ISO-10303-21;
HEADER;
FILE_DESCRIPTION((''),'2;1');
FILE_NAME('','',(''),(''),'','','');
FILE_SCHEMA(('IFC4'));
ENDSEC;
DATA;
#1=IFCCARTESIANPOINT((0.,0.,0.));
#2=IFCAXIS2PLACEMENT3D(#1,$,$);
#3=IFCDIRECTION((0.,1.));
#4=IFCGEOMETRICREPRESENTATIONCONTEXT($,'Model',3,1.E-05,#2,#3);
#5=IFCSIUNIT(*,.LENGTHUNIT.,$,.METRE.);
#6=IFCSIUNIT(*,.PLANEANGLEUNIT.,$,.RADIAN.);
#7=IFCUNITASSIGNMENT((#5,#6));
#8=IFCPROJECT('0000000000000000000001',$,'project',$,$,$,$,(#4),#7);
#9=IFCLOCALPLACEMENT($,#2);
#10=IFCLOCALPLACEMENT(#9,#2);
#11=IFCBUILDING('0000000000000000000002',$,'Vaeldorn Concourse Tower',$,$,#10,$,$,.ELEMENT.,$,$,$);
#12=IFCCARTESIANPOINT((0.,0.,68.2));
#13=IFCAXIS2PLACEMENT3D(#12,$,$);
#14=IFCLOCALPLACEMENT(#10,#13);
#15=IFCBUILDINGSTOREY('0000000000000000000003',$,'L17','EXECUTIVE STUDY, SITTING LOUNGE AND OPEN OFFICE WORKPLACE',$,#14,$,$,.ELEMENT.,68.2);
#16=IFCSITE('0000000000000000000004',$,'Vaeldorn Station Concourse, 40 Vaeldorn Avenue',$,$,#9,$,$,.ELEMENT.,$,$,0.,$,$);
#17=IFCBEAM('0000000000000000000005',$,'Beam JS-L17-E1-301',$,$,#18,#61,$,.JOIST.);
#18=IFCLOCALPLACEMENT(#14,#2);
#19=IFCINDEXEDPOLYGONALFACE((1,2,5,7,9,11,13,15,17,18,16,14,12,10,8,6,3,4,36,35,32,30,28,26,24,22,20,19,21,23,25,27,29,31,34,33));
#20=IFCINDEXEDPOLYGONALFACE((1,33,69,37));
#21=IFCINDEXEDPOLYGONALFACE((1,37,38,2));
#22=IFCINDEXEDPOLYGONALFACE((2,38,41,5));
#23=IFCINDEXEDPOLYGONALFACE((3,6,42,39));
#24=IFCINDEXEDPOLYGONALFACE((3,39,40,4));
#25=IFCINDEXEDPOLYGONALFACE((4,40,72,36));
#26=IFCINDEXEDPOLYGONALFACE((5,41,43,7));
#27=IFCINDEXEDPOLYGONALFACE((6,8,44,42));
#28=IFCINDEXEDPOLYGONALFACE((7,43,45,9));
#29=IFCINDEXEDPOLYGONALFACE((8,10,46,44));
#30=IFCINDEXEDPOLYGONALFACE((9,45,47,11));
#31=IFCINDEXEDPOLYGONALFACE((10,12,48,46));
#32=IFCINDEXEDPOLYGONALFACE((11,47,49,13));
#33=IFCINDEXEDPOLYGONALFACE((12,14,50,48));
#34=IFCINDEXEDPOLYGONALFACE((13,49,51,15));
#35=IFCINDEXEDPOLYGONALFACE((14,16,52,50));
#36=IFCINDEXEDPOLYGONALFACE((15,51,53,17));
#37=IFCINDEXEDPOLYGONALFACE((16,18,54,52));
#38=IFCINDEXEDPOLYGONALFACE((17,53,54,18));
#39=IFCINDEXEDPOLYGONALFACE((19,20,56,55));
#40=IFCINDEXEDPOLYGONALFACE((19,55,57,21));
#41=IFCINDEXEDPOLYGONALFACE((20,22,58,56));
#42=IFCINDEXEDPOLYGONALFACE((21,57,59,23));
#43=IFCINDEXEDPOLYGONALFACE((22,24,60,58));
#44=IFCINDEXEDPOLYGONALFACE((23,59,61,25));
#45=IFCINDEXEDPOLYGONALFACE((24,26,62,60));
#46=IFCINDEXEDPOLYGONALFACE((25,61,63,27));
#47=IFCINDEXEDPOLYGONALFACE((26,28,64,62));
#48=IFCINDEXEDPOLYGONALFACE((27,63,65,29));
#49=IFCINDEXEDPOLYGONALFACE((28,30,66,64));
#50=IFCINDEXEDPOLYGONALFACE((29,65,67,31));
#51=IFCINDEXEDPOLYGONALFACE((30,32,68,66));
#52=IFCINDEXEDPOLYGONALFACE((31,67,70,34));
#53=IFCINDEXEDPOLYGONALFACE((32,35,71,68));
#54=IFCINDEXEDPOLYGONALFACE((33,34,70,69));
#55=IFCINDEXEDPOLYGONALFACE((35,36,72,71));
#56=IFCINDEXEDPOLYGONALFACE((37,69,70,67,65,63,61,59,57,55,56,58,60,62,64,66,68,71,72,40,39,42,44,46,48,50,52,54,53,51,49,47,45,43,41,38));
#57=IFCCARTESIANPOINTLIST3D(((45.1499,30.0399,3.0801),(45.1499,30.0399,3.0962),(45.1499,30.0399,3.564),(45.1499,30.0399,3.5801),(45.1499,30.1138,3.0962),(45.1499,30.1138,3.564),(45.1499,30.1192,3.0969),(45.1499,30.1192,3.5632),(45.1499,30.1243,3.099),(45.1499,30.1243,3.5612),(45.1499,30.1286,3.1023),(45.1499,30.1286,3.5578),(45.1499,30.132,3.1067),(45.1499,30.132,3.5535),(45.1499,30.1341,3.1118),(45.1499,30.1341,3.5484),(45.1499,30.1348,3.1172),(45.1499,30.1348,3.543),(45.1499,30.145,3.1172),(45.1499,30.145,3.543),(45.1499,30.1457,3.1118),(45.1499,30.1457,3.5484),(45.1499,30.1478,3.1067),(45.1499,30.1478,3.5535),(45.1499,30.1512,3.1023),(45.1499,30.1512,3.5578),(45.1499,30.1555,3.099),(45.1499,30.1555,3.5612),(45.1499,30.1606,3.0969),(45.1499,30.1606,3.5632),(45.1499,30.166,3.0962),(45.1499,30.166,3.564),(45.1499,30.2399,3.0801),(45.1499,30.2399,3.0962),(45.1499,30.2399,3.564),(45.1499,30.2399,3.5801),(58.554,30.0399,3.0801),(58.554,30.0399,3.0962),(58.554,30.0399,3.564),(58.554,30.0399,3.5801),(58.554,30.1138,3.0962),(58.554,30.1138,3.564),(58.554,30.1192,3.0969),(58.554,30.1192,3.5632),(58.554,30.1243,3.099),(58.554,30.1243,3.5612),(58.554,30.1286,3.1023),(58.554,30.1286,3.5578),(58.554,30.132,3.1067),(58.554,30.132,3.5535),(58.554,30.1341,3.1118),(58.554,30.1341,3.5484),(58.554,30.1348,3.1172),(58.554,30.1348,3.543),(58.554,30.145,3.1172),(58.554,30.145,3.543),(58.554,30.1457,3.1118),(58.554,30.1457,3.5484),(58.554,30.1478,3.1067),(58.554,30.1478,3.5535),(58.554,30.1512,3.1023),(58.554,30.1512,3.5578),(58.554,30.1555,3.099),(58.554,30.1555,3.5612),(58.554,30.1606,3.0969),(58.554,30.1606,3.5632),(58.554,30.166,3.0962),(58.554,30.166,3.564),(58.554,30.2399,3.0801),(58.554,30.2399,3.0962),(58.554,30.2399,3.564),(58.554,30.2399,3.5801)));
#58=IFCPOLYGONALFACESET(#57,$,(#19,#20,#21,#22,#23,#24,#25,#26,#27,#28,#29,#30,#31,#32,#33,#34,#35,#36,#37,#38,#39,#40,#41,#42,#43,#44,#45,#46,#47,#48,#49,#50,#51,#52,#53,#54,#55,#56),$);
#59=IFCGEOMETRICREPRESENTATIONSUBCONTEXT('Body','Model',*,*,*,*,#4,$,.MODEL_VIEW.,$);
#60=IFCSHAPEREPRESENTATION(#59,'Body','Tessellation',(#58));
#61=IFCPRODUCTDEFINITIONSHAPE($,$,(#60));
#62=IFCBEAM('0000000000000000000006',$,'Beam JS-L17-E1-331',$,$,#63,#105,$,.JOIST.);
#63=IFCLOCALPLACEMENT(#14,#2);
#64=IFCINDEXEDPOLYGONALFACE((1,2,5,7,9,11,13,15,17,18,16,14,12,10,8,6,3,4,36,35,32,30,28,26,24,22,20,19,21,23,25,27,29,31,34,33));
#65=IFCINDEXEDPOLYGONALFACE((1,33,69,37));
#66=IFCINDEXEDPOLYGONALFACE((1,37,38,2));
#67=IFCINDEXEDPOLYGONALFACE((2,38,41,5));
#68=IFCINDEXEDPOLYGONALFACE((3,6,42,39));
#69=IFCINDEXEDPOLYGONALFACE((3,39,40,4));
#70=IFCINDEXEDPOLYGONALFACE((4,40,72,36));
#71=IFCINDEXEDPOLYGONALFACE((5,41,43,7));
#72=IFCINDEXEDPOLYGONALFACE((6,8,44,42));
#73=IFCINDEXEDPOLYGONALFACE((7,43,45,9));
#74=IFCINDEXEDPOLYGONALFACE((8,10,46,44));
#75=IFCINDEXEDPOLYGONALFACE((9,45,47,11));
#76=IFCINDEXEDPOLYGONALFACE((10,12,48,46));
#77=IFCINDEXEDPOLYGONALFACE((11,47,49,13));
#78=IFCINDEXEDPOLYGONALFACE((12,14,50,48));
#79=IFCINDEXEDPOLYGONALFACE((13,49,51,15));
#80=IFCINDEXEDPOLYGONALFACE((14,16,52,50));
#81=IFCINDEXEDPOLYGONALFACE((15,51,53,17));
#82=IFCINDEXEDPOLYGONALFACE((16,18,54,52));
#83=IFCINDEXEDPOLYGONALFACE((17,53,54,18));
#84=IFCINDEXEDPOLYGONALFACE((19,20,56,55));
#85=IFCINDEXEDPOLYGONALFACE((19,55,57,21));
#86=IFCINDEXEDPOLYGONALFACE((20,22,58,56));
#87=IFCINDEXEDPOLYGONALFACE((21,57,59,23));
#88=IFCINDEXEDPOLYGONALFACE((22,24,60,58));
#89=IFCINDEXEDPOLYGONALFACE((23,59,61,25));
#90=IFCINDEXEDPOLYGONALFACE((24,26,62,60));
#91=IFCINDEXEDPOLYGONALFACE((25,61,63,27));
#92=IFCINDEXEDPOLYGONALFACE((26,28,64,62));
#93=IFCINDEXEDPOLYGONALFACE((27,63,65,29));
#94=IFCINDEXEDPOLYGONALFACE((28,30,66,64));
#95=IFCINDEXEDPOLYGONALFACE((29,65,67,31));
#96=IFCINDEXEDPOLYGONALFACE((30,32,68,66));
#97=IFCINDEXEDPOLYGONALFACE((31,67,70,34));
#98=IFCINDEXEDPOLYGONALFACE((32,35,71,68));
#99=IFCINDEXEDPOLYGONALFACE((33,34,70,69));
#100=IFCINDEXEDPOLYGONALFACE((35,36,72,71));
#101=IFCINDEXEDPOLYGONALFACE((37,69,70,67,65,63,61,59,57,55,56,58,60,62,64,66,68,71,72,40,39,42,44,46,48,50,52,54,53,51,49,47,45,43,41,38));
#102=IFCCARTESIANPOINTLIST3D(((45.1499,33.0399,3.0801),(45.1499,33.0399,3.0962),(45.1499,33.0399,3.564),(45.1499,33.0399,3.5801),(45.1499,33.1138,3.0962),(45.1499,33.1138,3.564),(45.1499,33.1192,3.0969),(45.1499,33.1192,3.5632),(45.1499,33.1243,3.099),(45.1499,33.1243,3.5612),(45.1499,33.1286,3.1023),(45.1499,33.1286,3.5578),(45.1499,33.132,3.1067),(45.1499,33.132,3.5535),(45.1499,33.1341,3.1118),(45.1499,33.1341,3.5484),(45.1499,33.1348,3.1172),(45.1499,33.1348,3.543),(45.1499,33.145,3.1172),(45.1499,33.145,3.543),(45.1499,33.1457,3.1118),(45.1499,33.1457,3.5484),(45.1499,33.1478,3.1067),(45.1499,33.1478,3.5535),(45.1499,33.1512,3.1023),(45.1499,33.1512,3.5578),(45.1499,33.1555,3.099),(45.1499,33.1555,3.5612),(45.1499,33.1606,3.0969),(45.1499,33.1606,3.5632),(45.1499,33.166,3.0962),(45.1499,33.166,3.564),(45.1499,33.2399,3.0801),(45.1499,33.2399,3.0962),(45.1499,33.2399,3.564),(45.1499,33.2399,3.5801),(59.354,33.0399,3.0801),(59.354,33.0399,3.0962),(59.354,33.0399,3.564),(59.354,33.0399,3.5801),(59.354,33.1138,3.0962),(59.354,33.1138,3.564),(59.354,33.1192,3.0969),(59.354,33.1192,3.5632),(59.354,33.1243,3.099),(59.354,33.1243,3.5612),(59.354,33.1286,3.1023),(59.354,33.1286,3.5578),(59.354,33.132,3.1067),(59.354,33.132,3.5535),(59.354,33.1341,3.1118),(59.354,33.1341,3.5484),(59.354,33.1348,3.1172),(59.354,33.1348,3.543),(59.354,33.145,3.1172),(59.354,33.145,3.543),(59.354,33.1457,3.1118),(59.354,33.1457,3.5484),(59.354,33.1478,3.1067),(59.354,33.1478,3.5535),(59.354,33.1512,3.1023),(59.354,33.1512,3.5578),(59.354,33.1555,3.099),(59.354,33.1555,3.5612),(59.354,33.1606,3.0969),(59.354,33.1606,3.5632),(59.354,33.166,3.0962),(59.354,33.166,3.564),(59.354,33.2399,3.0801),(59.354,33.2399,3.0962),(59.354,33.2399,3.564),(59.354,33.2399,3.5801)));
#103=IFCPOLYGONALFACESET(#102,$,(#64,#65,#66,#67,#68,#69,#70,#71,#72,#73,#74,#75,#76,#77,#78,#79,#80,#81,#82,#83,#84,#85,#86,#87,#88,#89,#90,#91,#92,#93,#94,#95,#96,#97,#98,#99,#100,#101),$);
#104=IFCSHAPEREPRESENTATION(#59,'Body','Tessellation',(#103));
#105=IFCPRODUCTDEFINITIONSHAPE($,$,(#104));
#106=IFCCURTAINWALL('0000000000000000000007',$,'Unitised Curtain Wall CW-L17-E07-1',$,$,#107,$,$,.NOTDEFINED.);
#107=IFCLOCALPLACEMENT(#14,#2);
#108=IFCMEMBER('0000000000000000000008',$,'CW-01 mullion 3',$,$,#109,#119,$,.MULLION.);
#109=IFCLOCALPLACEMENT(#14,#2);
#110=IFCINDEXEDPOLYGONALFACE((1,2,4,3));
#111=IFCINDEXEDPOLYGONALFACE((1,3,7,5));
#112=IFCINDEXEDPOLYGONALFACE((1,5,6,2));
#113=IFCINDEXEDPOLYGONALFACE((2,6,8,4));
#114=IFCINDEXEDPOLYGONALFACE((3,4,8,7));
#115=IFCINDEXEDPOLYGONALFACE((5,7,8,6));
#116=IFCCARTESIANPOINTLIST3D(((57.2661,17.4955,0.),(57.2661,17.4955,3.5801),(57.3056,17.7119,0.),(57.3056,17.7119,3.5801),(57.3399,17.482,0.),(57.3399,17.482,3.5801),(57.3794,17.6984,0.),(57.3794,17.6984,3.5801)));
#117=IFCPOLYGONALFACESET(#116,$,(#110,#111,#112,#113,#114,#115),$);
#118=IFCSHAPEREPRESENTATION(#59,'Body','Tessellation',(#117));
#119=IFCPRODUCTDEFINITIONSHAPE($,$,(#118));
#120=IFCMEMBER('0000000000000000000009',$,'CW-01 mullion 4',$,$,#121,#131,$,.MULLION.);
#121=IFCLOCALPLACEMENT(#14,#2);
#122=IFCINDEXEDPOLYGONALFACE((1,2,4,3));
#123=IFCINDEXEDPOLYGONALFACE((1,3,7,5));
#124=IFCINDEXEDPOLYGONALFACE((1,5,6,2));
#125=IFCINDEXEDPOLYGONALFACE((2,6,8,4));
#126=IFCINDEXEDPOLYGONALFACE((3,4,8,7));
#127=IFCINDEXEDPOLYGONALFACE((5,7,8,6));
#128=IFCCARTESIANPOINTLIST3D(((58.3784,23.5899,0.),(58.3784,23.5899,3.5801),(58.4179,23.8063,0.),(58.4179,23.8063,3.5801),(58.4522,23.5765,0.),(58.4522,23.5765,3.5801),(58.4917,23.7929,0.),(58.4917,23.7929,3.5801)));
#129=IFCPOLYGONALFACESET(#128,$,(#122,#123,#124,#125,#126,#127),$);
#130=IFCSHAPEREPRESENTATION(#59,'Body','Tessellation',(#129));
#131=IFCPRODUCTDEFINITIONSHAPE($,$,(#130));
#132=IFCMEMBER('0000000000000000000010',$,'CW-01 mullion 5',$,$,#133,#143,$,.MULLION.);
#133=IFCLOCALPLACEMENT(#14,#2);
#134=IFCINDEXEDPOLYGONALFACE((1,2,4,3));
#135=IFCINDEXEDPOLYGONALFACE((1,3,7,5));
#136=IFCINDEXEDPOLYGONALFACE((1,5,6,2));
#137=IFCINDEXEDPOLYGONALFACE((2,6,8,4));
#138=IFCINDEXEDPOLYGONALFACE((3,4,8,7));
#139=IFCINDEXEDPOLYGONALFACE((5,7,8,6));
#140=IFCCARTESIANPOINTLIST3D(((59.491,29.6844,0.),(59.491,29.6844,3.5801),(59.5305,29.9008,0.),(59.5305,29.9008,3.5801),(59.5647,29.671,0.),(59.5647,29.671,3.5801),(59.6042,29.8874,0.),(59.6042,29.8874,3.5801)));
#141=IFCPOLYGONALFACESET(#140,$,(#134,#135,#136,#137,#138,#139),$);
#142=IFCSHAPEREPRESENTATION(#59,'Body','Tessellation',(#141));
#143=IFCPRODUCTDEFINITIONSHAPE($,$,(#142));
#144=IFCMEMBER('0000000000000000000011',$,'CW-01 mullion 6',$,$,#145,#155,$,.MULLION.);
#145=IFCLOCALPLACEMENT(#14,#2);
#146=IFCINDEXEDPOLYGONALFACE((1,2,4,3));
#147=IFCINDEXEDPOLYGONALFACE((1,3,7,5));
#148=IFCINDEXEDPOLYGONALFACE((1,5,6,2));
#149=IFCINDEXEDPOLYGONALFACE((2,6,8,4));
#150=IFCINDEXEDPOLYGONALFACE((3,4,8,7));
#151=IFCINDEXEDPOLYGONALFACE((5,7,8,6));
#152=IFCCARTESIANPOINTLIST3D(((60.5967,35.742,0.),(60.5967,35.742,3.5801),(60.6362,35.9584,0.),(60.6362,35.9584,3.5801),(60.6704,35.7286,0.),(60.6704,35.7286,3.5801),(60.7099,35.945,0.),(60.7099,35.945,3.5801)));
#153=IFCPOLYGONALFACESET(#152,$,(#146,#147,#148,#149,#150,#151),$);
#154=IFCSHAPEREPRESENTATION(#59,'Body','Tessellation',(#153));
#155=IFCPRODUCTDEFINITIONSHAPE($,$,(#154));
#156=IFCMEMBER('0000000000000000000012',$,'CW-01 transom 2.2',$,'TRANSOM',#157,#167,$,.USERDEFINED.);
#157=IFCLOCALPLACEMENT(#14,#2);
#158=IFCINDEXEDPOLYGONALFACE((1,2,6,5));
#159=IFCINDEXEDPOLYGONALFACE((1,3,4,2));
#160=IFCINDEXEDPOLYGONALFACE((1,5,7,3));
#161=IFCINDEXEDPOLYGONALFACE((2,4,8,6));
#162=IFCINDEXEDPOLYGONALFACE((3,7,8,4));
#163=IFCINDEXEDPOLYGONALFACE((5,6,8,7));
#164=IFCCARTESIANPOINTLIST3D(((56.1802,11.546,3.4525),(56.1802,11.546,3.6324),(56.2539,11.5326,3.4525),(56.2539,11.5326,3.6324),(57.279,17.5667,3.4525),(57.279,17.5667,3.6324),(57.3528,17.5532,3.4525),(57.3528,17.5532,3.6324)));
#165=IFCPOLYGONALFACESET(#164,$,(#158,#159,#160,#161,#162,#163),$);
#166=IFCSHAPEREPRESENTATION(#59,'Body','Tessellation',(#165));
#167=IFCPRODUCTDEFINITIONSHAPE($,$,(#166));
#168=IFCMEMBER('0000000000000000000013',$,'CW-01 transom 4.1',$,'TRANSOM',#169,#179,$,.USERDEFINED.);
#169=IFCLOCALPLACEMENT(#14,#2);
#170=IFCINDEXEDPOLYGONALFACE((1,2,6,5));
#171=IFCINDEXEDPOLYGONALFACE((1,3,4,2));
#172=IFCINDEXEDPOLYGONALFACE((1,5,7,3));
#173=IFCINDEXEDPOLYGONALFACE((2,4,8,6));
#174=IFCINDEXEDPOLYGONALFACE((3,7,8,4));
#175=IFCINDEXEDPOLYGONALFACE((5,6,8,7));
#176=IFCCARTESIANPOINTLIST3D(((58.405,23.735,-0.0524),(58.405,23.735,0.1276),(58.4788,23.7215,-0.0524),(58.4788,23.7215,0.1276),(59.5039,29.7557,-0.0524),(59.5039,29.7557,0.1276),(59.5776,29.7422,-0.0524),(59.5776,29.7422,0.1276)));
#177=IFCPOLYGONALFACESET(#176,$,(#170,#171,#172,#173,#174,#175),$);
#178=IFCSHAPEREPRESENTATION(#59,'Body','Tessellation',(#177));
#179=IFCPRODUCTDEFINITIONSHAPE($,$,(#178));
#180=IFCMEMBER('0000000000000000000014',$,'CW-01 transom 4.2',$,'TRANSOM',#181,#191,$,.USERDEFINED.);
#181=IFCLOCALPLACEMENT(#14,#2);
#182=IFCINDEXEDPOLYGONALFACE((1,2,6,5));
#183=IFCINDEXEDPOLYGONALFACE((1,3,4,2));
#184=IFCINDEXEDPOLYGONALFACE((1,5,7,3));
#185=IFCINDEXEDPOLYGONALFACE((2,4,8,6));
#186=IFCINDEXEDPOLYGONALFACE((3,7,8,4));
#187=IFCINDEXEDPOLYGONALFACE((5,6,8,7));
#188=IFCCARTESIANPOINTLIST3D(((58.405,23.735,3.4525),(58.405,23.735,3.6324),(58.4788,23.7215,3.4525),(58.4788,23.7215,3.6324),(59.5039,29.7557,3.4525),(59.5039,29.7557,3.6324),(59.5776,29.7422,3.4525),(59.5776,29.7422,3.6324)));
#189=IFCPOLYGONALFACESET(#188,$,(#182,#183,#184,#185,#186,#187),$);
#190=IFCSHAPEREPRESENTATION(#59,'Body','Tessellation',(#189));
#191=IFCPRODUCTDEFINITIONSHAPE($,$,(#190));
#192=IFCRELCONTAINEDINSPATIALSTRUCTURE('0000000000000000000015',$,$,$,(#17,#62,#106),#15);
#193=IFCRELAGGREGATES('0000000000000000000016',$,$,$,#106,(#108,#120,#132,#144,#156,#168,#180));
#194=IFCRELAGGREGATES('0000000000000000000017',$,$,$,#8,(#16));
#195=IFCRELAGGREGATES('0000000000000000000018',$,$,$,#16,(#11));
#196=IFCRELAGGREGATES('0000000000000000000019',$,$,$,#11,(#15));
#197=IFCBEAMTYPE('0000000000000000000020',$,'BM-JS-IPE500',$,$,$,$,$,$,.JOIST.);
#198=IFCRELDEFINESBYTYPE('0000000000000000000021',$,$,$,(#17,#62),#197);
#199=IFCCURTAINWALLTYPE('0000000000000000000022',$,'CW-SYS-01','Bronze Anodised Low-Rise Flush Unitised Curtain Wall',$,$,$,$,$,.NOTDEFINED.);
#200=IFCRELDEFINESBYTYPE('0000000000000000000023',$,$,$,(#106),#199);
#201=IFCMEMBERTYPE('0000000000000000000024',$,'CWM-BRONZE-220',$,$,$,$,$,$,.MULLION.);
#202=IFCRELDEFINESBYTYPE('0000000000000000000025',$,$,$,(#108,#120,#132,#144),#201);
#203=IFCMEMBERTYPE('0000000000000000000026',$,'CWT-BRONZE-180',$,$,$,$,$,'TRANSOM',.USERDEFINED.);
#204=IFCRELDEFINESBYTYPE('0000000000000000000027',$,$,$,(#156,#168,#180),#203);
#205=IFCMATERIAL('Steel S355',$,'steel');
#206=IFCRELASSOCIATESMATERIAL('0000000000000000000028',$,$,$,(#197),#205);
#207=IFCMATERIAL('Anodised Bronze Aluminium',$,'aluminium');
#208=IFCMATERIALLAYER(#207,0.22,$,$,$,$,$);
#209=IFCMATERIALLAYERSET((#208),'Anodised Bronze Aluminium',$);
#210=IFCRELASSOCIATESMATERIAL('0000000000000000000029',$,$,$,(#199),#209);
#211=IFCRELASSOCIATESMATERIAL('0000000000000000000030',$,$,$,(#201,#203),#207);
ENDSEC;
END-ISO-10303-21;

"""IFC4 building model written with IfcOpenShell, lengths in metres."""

from ifc_helpers import new_model, si_unit, direction, frame, origin, origin_2d, place, context, subcontext, project, spatial, rectangle, i_section, extrude, source, transform, mapped, material, layer, layer_set, material_profile, profile_set, type_object, element, aggregate, save


model = new_model("IFC4")

# Units and contexts
model_context = context("Model", 3, precision=1e-05, world=origin(), true_north=direction((0.0, 1.0)))
body_context = subcontext(model_context, "Body", "Model", "MODEL_VIEW")
ifc_project = project(units=[si_unit("LENGTHUNIT", "METRE"), si_unit("PLANEANGLEUNIT", "RADIAN")], contexts=[model_context])

# Site, building, storey
site_placement = place(None, origin())
site = spatial("IfcSite", under=ifc_project, at=site_placement, Name="Vaeldorn Station Concourse, 40 Vaeldorn Avenue", CompositionType="ELEMENT", RefElevation=0.0)
building_placement = place(site_placement, origin())
building = spatial("IfcBuilding", under=site, at=building_placement, Name="Vaeldorn Concourse Tower", CompositionType="ELEMENT")
storey_placement = place(building_placement, frame((0.0, 0.0, 68.2)))
storey = spatial("IfcBuildingStorey", under=building, at=storey_placement, Name="L17", Description="EXECUTIVE STUDY, SITTING LOUNGE AND OPEN OFFICE WORKPLACE", CompositionType="ELEMENT", Elevation=68.2)

# Beams
ifc_material_1 = material(Name="Steel S355", Category="steel")
ifc_material_profile_1 = material_profile(ifc_material_1, i_section(OverallWidth=0.2, OverallDepth=0.5, WebThickness=0.0103, FlangeThickness=0.0161, FilletRadius=0.021, at=origin_2d()), Name="IPE 500")
ifc_profile_set_1 = profile_set([ifc_material_profile_1], Name="Steel S355")
beam_type_1 = type_object("IfcBeamType", Name="BM-JS-IPE500", PredefinedType="JOIST", material=ifc_profile_set_1)
shared_shape_1 = source(origin(), body_context, "Body", "SweptSolid", [
    extrude(i_section(OverallWidth=0.2, OverallDepth=0.5, WebThickness=0.0103, FlangeThickness=0.0161, FilletRadius=0.021, at=origin_2d()), origin(), (0.0, 0.0, 1.0), 13.4041),
])
beam_1_placement = place(storey_placement, frame((45.1499, 30.1399, 3.3301), z_axis=(1.0, 0.0, 0.0), x_axis=(0.0, 1.0, 0.0)))
element("IfcBeam", 1, at=beam_1_placement, inside=storey, type_object=beam_type_1, Name="Beam JS-L17-E1-301", PredefinedType="JOIST", context=body_context, shape_type="MappedRepresentation", body=[
    mapped(shared_shape_1, transform((0.0, 0.0, 0.0), scale=1.0)),
])
shared_shape_2 = source(origin(), body_context, "Body", "SweptSolid", [
    extrude(i_section(OverallWidth=0.2, OverallDepth=0.5, WebThickness=0.0103, FlangeThickness=0.0161, FilletRadius=0.021, at=origin_2d()), origin(), (0.0, 0.0, 1.0), 14.2041),
])
beam_2_placement = place(storey_placement, frame((45.1499, 33.1399, 3.3301), z_axis=(1.0, 0.0, 0.0), x_axis=(0.0, 1.0, 0.0)))
element("IfcBeam", 2, at=beam_2_placement, inside=storey, type_object=beam_type_1, Name="Beam JS-L17-E1-331", PredefinedType="JOIST", context=body_context, shape_type="MappedRepresentation", body=[
    mapped(shared_shape_2, transform((0.0, 0.0, 0.0), scale=1.0)),
])

# Curtain wall, members
ifc_material_2 = material(Name="Anodised Bronze Aluminium", Category="aluminium")
ifc_layer_1 = layer(ifc_material_2, 0.22)
ifc_layer_set_1 = layer_set([ifc_layer_1], Name="Anodised Bronze Aluminium")
curtain_wall_type = type_object("IfcCurtainWallType", Name="CW-SYS-01", Description="Bronze Anodised Low-Rise Flush Unitised Curtain Wall", PredefinedType="NOTDEFINED", material=ifc_layer_set_1)
curtain_wall_placement = place(storey_placement, origin())
curtain_wall = element("IfcCurtainWall", 3, at=curtain_wall_placement, inside=storey, type_object=curtain_wall_type, Name="Unitised Curtain Wall CW-L17-E07-1", PredefinedType="NOTDEFINED")
ifc_material_profile_2 = material_profile(ifc_material_2, rectangle(XDim=0.075, YDim=0.22, at=origin_2d()), Name="CWM 75x220")
ifc_profile_set_2 = profile_set([ifc_material_profile_2], Name="Anodised Bronze Aluminium")
member_type_1 = type_object("IfcMemberType", Name="CWM-BRONZE-220", PredefinedType="MULLION", material=ifc_profile_set_2)
shared_shape_3 = source(origin(), body_context, "Body", "SweptSolid", [
    extrude(rectangle(XDim=0.075, YDim=0.22, at=origin_2d()), origin(), (0.0, 0.0, 1.0), 3.5801),
])
member_1_placement = place(storey_placement, frame((57.3228, 17.5969, 0.0), z_axis=(0.0, 0.0, 1.0), x_axis=(-0.983746, 0.179565, 0.0)))
member_1 = element("IfcMember", 4, at=member_1_placement, type_object=member_type_1, Name="CW-01 mullion 3", PredefinedType="MULLION", context=body_context, shape_type="MappedRepresentation", body=[
    mapped(shared_shape_3, transform((0.0, 0.0, 0.0), scale=1.0)),
])
member_2_placement = place(storey_placement, frame((58.4351, 23.6914, 0.0), z_axis=(0.0, 0.0, 1.0), x_axis=(-0.983746, 0.179565, 0.0)))
member_2 = element("IfcMember", 5, at=member_2_placement, type_object=member_type_1, Name="CW-01 mullion 4", PredefinedType="MULLION", context=body_context, shape_type="MappedRepresentation", body=[
    mapped(shared_shape_3, transform((0.0, 0.0, 0.0), scale=1.0)),
])
member_3_placement = place(storey_placement, frame((59.5476, 29.7859, 0.0), z_axis=(0.0, 0.0, 1.0), x_axis=(-0.983746, 0.179565, 0.0)))
member_3 = element("IfcMember", 6, at=member_3_placement, type_object=member_type_1, Name="CW-01 mullion 5", PredefinedType="MULLION", context=body_context, shape_type="MappedRepresentation", body=[
    mapped(shared_shape_3, transform((0.0, 0.0, 0.0), scale=1.0)),
])
member_4_placement = place(storey_placement, frame((60.6533, 35.8435, 0.0), z_axis=(0.0, 0.0, 1.0), x_axis=(-0.983746, 0.179565, 0.0)))
member_4 = element("IfcMember", 7, at=member_4_placement, type_object=member_type_1, Name="CW-01 mullion 6", PredefinedType="MULLION", context=body_context, shape_type="MappedRepresentation", body=[
    mapped(shared_shape_3, transform((0.0, 0.0, 0.0), scale=1.0)),
])
ifc_material_profile_3 = material_profile(ifc_material_2, rectangle(XDim=0.075, YDim=0.1799, at=origin_2d()), Name="CWT 75x180")
ifc_profile_set_3 = profile_set([ifc_material_profile_3], Name="Anodised Bronze Aluminium")
member_type_2 = type_object("IfcMemberType", Name="CWT-BRONZE-180", ElementType="TRANSOM", PredefinedType="USERDEFINED", material=ifc_profile_set_3)
shared_shape_4 = source(origin(), body_context, "Body", "SweptSolid", [
    extrude(rectangle(XDim=0.075, YDim=0.1799, at=origin_2d()), origin(), (0.0, 0.0, 1.0), 6.1201),
])
member_5_placement = place(storey_placement, frame((56.217, 11.5393, 3.5425), z_axis=(0.179549, 0.983749, 0.0), x_axis=(-0.983749, 0.179549, 0.0)))
member_5 = element("IfcMember", 8, at=member_5_placement, type_object=member_type_2, Name="CW-01 transom 2.2", ObjectType="TRANSOM", PredefinedType="USERDEFINED", context=body_context, shape_type="MappedRepresentation", body=[
    mapped(shared_shape_4, transform((0.0, 0.0, 0.0), scale=1.0)),
])
member_6_placement = place(storey_placement, frame((58.4419, 23.7283, 0.0376), z_axis=(0.179549, 0.983749, 0.0), x_axis=(-0.983749, 0.179549, 0.0)))
member_6 = element("IfcMember", 9, at=member_6_placement, type_object=member_type_2, Name="CW-01 transom 4.1", ObjectType="TRANSOM", PredefinedType="USERDEFINED", context=body_context, shape_type="MappedRepresentation", body=[
    mapped(shared_shape_4, transform((0.0, 0.0, 0.0), scale=1.0)),
])
member_7_placement = place(storey_placement, frame((58.4419, 23.7283, 3.5425), z_axis=(0.179549, 0.983749, 0.0), x_axis=(-0.983749, 0.179549, 0.0)))
member_7 = element("IfcMember", 10, at=member_7_placement, type_object=member_type_2, Name="CW-01 transom 4.2", ObjectType="TRANSOM", PredefinedType="USERDEFINED", context=body_context, shape_type="MappedRepresentation", body=[
    mapped(shared_shape_4, transform((0.0, 0.0, 0.0), scale=1.0)),
])
aggregate(curtain_wall, [member_1, member_2, member_3, member_4, member_5, member_6, member_7])

save(model, "model.ifc")
